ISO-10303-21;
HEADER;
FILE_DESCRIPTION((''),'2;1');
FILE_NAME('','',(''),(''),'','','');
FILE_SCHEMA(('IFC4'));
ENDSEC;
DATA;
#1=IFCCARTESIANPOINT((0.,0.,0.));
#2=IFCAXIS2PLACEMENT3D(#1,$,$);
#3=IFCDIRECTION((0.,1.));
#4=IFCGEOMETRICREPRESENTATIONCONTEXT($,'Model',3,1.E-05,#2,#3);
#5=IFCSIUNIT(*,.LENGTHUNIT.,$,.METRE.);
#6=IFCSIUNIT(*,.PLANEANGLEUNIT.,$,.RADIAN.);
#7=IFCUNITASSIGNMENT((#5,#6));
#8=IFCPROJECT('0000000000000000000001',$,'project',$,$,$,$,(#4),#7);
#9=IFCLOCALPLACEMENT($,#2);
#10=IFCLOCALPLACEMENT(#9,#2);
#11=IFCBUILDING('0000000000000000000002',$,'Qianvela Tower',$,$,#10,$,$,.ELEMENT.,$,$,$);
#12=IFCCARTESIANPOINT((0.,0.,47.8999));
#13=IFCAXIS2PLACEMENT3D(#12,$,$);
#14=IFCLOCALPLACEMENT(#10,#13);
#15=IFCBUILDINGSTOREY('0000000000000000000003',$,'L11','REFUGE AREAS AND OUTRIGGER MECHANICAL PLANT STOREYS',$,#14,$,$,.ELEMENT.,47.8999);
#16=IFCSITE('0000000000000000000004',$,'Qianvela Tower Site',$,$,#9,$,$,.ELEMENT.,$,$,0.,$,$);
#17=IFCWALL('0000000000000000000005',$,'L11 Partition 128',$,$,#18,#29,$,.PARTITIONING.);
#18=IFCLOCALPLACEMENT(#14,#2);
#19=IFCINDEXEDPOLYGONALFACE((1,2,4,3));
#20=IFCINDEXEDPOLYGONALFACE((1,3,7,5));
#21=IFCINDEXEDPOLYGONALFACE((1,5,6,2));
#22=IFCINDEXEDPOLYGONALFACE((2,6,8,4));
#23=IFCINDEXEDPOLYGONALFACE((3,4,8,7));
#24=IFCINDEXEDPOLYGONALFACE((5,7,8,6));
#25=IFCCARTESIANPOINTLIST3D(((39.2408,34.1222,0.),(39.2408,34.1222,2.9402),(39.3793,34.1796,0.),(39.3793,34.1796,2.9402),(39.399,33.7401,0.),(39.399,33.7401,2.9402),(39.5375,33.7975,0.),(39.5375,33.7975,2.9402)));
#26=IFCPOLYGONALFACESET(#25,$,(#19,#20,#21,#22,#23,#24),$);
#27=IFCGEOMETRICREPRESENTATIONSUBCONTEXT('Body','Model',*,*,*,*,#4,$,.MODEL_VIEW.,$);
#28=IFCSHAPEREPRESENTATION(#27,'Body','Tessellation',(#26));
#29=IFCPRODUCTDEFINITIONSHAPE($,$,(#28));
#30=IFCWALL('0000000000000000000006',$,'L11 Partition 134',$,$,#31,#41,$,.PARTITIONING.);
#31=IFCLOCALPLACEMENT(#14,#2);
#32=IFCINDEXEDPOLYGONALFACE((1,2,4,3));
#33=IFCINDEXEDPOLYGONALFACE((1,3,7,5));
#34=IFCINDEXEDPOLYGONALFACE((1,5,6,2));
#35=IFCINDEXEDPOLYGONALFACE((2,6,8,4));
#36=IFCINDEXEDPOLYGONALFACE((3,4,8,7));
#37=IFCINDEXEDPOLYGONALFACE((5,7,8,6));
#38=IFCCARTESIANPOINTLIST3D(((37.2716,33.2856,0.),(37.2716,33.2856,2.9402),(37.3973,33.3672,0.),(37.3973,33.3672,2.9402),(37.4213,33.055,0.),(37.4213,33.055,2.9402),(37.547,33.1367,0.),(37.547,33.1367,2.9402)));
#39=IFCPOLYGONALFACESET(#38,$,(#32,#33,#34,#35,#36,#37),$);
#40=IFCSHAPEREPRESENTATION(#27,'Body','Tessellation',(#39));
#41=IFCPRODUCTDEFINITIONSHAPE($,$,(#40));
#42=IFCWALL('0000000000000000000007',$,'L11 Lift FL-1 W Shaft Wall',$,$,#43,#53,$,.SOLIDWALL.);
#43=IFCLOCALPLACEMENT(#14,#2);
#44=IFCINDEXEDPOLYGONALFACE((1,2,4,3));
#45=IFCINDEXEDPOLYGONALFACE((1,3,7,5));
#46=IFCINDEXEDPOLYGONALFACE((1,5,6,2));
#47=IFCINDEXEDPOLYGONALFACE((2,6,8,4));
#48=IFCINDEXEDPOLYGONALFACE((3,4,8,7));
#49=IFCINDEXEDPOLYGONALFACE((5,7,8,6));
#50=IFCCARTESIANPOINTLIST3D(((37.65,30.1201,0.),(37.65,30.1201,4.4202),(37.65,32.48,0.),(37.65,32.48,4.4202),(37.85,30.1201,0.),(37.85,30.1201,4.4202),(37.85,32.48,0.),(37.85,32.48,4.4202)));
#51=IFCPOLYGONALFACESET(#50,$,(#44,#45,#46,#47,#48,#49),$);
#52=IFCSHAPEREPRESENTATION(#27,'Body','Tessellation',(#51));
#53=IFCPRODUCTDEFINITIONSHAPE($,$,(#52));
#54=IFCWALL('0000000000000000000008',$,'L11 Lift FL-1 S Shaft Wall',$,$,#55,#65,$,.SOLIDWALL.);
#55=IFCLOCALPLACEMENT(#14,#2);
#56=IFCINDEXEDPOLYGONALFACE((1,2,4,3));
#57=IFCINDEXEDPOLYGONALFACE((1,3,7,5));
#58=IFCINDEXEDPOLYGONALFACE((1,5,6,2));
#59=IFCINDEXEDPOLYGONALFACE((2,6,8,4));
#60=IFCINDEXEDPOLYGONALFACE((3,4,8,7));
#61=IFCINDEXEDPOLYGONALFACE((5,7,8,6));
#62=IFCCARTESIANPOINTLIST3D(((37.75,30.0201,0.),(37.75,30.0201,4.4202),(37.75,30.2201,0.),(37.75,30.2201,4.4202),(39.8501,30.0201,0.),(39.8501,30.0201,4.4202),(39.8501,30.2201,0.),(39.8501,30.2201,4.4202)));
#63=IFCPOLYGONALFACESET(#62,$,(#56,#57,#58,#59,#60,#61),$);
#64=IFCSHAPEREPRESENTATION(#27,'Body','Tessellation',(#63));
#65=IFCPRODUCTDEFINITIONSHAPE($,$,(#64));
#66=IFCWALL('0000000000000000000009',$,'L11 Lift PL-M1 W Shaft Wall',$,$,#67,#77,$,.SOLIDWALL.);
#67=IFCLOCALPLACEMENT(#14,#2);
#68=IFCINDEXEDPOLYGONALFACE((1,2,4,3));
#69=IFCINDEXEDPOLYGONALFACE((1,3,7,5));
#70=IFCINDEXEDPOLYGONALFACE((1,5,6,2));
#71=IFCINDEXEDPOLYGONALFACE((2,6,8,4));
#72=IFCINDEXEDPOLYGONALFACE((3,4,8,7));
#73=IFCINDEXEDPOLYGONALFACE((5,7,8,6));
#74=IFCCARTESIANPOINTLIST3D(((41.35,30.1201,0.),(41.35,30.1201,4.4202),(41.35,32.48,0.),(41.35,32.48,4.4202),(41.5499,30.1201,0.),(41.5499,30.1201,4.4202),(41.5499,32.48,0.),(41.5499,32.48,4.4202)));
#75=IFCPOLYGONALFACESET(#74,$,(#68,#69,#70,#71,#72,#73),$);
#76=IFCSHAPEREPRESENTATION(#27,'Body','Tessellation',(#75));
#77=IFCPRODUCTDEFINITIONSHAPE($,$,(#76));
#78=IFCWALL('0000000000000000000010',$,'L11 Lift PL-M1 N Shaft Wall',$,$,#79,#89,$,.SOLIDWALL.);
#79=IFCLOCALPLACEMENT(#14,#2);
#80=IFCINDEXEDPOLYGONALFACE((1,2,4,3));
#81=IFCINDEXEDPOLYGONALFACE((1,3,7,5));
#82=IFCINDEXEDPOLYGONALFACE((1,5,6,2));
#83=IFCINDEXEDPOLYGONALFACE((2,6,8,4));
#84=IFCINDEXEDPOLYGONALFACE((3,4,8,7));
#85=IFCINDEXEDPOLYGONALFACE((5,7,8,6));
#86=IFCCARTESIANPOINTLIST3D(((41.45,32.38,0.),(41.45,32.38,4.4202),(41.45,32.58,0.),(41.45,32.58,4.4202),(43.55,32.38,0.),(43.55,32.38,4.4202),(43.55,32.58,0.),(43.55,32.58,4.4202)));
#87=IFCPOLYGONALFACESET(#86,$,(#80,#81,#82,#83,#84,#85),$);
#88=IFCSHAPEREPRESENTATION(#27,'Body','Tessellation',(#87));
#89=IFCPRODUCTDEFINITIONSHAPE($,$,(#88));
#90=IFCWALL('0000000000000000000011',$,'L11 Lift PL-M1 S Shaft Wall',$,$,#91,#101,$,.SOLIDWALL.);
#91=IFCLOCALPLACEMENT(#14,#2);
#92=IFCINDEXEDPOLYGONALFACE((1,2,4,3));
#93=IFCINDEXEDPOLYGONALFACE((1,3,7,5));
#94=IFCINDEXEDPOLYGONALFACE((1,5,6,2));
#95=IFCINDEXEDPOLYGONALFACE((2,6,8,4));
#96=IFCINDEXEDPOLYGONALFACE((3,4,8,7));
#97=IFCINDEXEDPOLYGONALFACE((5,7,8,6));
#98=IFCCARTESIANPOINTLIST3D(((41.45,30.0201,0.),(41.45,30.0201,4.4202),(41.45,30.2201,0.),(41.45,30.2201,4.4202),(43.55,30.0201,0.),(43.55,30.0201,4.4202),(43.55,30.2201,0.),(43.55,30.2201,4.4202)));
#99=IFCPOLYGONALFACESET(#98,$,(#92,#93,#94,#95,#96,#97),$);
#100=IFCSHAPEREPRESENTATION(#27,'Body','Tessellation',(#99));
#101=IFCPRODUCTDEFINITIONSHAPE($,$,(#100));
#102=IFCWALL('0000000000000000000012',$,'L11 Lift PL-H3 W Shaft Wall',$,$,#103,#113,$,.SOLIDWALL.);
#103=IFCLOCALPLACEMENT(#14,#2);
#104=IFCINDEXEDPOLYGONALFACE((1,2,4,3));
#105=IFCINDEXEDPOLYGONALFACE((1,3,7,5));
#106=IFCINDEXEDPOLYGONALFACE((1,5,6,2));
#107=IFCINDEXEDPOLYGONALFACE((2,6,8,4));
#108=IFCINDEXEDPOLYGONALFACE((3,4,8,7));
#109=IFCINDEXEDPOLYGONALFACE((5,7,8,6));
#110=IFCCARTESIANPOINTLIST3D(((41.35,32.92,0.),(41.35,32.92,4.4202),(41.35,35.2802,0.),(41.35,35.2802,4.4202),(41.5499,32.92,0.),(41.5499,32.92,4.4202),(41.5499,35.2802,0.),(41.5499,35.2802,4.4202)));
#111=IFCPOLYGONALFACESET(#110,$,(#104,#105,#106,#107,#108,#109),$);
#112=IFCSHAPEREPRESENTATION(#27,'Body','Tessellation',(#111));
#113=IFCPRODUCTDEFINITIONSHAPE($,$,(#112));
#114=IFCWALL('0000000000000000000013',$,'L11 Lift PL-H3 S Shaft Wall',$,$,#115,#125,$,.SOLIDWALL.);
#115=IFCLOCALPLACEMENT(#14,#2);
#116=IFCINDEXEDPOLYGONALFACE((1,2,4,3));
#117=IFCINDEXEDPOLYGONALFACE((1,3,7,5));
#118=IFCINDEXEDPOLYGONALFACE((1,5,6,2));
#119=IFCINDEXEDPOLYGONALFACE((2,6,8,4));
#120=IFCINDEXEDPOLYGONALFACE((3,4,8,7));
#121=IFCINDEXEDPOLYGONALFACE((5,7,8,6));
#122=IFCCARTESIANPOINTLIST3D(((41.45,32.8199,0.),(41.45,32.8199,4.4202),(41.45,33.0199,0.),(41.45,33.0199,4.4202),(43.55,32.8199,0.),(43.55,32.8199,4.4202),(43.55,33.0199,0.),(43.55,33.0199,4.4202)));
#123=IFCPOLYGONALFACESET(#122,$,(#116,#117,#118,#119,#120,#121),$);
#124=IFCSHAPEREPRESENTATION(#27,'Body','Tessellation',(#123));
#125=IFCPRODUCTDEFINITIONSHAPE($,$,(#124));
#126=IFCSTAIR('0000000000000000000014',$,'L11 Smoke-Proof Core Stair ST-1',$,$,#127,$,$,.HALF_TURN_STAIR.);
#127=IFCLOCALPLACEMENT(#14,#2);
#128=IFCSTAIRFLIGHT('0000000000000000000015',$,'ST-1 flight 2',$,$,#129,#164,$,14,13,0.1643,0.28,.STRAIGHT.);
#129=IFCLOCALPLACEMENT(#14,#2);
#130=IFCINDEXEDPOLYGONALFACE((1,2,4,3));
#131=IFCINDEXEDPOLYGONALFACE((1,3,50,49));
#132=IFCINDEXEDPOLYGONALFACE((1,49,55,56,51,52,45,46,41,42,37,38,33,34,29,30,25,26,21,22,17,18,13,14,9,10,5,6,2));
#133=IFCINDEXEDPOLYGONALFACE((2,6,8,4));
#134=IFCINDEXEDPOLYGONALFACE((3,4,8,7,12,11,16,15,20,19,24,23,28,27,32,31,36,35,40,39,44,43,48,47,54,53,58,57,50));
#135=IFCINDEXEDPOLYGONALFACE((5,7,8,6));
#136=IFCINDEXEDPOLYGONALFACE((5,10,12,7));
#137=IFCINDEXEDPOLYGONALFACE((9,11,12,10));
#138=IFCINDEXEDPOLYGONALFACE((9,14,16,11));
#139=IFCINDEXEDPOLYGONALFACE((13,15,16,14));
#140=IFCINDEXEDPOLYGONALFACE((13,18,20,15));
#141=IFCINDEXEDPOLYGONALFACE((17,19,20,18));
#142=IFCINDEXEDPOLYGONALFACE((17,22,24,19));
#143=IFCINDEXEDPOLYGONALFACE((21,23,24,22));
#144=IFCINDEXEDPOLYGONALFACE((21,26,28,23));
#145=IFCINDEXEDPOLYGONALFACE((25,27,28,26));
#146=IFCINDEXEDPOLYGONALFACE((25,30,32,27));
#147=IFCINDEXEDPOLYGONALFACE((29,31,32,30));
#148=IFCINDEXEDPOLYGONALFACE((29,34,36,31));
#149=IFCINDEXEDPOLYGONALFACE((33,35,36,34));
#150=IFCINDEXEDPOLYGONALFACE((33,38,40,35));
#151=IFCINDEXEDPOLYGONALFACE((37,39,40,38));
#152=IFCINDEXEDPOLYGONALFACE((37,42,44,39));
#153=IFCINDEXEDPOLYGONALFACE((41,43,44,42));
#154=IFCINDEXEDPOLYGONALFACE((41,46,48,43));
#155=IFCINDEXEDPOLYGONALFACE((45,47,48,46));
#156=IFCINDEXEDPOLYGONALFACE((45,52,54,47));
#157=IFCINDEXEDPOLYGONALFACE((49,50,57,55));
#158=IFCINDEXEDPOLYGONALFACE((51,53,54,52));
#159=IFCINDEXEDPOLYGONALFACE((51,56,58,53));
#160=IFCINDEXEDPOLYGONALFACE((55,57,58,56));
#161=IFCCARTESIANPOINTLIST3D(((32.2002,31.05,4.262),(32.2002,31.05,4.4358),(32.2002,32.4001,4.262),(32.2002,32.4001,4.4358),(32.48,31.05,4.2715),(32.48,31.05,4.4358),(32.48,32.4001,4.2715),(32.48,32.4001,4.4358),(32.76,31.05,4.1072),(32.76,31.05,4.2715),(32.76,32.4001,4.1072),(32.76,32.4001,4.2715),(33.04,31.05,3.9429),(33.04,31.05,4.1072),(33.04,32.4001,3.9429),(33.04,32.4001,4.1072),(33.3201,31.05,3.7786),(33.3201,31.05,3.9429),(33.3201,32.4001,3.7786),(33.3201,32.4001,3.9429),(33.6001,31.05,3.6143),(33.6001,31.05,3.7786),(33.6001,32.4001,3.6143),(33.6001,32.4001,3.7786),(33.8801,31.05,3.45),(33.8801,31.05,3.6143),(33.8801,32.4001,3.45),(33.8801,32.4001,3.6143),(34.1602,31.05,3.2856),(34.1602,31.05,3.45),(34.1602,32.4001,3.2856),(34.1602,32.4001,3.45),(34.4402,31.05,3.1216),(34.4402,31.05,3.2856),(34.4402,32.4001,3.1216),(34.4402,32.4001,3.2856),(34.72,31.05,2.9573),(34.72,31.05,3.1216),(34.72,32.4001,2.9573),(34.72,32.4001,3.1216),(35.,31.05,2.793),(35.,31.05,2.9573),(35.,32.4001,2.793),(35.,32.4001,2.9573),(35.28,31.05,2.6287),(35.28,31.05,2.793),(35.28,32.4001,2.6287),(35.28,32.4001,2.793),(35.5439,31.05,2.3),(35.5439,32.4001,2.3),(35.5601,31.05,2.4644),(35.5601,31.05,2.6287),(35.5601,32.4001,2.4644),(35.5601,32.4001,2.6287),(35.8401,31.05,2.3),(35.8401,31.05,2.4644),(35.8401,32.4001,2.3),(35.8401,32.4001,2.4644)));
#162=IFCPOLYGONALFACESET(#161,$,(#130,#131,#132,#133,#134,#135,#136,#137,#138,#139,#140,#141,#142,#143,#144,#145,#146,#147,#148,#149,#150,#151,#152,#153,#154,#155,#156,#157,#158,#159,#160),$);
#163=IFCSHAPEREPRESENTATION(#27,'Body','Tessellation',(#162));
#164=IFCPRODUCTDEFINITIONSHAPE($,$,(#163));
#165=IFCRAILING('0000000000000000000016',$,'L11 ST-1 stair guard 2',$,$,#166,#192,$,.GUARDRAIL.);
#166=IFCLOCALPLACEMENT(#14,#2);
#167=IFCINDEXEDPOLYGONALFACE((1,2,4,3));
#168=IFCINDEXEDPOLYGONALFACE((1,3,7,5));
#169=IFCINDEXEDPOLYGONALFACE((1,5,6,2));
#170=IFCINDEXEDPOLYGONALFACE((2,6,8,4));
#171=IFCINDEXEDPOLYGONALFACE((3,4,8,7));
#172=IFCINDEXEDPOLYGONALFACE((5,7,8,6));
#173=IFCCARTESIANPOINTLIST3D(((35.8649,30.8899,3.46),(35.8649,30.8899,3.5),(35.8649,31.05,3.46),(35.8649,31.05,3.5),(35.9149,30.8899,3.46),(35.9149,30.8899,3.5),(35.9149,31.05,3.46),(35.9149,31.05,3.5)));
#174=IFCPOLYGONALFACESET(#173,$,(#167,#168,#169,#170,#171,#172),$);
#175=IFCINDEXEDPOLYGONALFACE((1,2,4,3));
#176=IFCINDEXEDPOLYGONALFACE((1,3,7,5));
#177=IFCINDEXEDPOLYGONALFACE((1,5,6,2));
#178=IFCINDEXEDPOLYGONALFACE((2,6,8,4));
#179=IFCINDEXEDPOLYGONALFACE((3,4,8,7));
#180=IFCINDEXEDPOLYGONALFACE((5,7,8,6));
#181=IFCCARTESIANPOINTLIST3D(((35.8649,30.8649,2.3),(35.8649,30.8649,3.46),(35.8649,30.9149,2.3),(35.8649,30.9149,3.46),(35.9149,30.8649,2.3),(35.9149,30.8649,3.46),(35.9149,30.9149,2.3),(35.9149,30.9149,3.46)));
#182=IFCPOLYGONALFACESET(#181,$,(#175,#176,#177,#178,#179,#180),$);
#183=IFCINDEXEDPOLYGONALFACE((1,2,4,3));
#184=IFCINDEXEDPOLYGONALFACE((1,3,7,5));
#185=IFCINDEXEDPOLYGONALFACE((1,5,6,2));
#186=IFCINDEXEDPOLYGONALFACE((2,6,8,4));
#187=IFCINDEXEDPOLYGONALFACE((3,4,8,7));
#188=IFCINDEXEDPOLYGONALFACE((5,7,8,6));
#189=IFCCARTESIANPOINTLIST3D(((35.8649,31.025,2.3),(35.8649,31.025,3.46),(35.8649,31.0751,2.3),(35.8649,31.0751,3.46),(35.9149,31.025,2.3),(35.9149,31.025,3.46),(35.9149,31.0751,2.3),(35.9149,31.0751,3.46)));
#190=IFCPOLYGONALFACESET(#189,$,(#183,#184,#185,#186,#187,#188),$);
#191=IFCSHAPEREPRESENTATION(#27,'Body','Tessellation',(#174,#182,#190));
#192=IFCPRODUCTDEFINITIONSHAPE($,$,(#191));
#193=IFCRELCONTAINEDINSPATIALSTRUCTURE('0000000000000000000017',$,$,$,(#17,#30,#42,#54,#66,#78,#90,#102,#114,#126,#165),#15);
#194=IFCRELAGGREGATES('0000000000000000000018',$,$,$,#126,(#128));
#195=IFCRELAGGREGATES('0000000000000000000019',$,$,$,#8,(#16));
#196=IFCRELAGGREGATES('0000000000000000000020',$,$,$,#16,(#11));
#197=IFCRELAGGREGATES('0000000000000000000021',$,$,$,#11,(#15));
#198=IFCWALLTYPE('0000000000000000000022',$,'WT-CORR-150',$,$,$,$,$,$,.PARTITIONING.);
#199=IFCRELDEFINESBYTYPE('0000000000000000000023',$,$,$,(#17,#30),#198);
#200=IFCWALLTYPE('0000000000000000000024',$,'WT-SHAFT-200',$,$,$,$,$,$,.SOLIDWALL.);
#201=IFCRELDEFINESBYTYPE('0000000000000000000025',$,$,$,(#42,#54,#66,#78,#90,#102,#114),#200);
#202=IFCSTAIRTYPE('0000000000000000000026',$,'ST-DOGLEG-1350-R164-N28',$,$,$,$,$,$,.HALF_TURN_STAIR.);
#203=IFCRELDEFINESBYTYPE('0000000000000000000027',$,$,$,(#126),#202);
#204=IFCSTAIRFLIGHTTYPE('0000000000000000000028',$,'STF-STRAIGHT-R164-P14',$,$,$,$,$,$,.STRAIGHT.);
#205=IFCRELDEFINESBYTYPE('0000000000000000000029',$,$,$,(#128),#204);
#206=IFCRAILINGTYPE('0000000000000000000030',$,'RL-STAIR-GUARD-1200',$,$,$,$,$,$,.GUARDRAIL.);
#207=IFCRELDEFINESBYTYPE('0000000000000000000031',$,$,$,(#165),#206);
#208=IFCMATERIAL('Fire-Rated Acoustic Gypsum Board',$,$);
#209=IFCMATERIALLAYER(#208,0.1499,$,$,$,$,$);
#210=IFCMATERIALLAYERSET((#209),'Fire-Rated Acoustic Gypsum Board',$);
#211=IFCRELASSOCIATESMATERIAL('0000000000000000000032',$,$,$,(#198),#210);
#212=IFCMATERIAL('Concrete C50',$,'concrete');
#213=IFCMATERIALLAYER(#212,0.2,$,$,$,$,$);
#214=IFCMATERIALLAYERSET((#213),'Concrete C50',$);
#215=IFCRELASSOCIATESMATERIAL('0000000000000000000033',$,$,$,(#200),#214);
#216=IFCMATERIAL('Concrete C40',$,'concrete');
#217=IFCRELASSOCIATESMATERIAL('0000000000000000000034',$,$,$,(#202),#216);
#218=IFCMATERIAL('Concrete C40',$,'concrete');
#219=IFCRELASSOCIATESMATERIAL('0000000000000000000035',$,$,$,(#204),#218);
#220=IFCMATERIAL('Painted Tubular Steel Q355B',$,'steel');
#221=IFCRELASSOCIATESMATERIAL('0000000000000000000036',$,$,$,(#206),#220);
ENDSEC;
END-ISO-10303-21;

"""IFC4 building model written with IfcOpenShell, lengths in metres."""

from ifc_helpers import new_model, si_unit, direction, frame, frame_2d, origin, origin_2d, place, context, subcontext, project, spatial, polyline, rectangle, outline, extrude, material, layer, layer_set, type_object, element, aggregate, save


model = new_model("IFC4")

# Units and contexts
model_context = context("Model", 3, precision=1e-05, world=origin(), true_north=direction((0.0, 1.0)))
body_context = subcontext(model_context, "Body", "Model", "MODEL_VIEW")
ifc_project = project(units=[si_unit("LENGTHUNIT", "METRE"), si_unit("PLANEANGLEUNIT", "RADIAN")], contexts=[model_context])

# Site, building, storey
site_placement = place(None, origin())
site = spatial("IfcSite", under=ifc_project, at=site_placement, Name="Qianvela Tower Site", CompositionType="ELEMENT", RefElevation=0.0)
building_placement = place(site_placement, origin())
building = spatial("IfcBuilding", under=site, at=building_placement, Name="Qianvela Tower", CompositionType="ELEMENT")
storey_placement = place(building_placement, frame((0.0, 0.0, 47.8999)))
storey = spatial("IfcBuildingStorey", under=building, at=storey_placement, Name="L11", Description="REFUGE AREAS AND OUTRIGGER MECHANICAL PLANT STOREYS", CompositionType="ELEMENT", Elevation=47.8999)

# Shared definitions
ifc_material_1 = material(Name="Fire-Rated Acoustic Gypsum Board")
ifc_layer_1 = layer(ifc_material_1, 0.1499)
ifc_layer_set_1 = layer_set([ifc_layer_1], Name="Fire-Rated Acoustic Gypsum Board")
wall_type_1 = type_object("IfcWallType", Name="WT-CORR-150", PredefinedType="PARTITIONING", material=ifc_layer_set_1)

# Walls
wall_1_placement = place(storey_placement, frame((39.4683, 33.7688, 0.0), z_axis=(0.0, 0.0, 1.0), x_axis=(-0.38256, 0.923931, 0.0)))
element("IfcWall", 1, at=wall_1_placement, inside=storey, type_object=wall_type_1, Name="L11 Partition 128", PredefinedType="PARTITIONING", context=body_context, shape_type="SweptSolid", body=[
    extrude(rectangle(XDim=0.4136, YDim=0.1499, at=frame_2d((0.2068, 0.0))), origin(), (0.0, 0.0, 1.0), 2.9402),
])
wall_2_placement = place(storey_placement, frame((37.3345, 33.3264, 0.0), z_axis=(0.0, 0.0, 1.0), x_axis=(0.544614, -0.838687, 0.0)))
element("IfcWall", 2, at=wall_2_placement, inside=storey, type_object=wall_type_1, Name="L11 Partition 134", PredefinedType="PARTITIONING", context=body_context, shape_type="SweptSolid", body=[
    extrude(rectangle(XDim=0.2749, YDim=0.1499, at=frame_2d((0.1375, 0.0))), origin(), (0.0, 0.0, 1.0), 2.9402),
])

# Shared definitions
ifc_material_2 = material(Name="Concrete C50", Category="concrete")
ifc_layer_2 = layer(ifc_material_2, 0.2)
ifc_layer_set_2 = layer_set([ifc_layer_2], Name="Concrete C50")
wall_type_2 = type_object("IfcWallType", Name="WT-SHAFT-200", PredefinedType="SOLIDWALL", material=ifc_layer_set_2)

# Walls
wall_3_placement = place(storey_placement, frame((37.75, 30.1201, 0.0), z_axis=(0.0, 0.0, 1.0), x_axis=(0.0, 1.0, 0.0)))
element("IfcWall", 3, at=wall_3_placement, inside=storey, type_object=wall_type_2, Name="L11 Lift FL-1 W Shaft Wall", PredefinedType="SOLIDWALL", context=body_context, shape_type="SweptSolid", body=[
    extrude(rectangle(XDim=2.3599, YDim=0.2, at=frame_2d((1.1799, 0.0))), origin(), (0.0, 0.0, 1.0), 4.4202),
])
wall_4_placement = place(storey_placement, frame((37.75, 30.1201, 0.0), z_axis=(0.0, 0.0, 1.0), x_axis=(1.0, 0.0, 0.0)))
element("IfcWall", 4, at=wall_4_placement, inside=storey, type_object=wall_type_2, Name="L11 Lift FL-1 S Shaft Wall", PredefinedType="SOLIDWALL", context=body_context, shape_type="SweptSolid", body=[
    extrude(rectangle(XDim=2.1001, YDim=0.2, at=frame_2d((1.05, 0.0))), origin(), (0.0, 0.0, 1.0), 4.4202),
])
wall_5_placement = place(storey_placement, frame((41.45, 30.1201, 0.0), z_axis=(0.0, 0.0, 1.0), x_axis=(0.0, 1.0, 0.0)))
element("IfcWall", 5, at=wall_5_placement, inside=storey, type_object=wall_type_2, Name="L11 Lift PL-M1 W Shaft Wall", PredefinedType="SOLIDWALL", context=body_context, shape_type="SweptSolid", body=[
    extrude(rectangle(XDim=2.3599, YDim=0.2, at=frame_2d((1.1799, 0.0))), origin(), (0.0, 0.0, 1.0), 4.4202),
])
for number, where, z_axis, x_axis, name in (
    (6, (41.45, 32.48, 0.0), (0.0, 0.0, 1.0), (1.0, 0.0, 0.0), "L11 Lift PL-M1 N Shaft Wall"),
    (7, (41.45, 30.1201, 0.0), (0.0, 0.0, 1.0), (1.0, 0.0, 0.0), "L11 Lift PL-M1 S Shaft Wall"),
):
    element("IfcWall", number, at=place(storey_placement, frame(where, z_axis=z_axis, x_axis=x_axis)), inside=storey, type_object=wall_type_2, Name=name, PredefinedType="SOLIDWALL", context=body_context, shape_type="SweptSolid", body=[
        extrude(rectangle(XDim=2.1001, YDim=0.2, at=frame_2d((1.05, 0.0))), origin(), (0.0, 0.0, 1.0), 4.4202),
    ])
wall_6_placement = place(storey_placement, frame((41.45, 32.9199, 0.0), z_axis=(0.0, 0.0, 1.0), x_axis=(0.0, 1.0, 0.0)))
element("IfcWall", 8, at=wall_6_placement, inside=storey, type_object=wall_type_2, Name="L11 Lift PL-H3 W Shaft Wall", PredefinedType="SOLIDWALL", context=body_context, shape_type="SweptSolid", body=[
    extrude(rectangle(XDim=2.3601, YDim=0.2, at=frame_2d((1.1802, 0.0))), origin(), (0.0, 0.0, 1.0), 4.4202),
])
wall_7_placement = place(storey_placement, frame((41.45, 32.9199, 0.0), z_axis=(0.0, 0.0, 1.0), x_axis=(1.0, 0.0, 0.0)))
element("IfcWall", 9, at=wall_7_placement, inside=storey, type_object=wall_type_2, Name="L11 Lift PL-H3 S Shaft Wall", PredefinedType="SOLIDWALL", context=body_context, shape_type="SweptSolid", body=[
    extrude(rectangle(XDim=2.1001, YDim=0.2, at=frame_2d((1.05, 0.0))), origin(), (0.0, 0.0, 1.0), 4.4202),
])

# Stair, stair flight
ifc_material_3 = material(Name="Concrete C40", Category="concrete")
stair_type = type_object("IfcStairType", Name="ST-DOGLEG-1350-R164-N28", PredefinedType="HALF_TURN_STAIR", material=ifc_material_3)
stair_placement = place(storey_placement, origin())
stair = element("IfcStair", 10, at=stair_placement, inside=storey, type_object=stair_type, Name="L11 Smoke-Proof Core Stair ST-1", PredefinedType="HALF_TURN_STAIR")
ifc_material_4 = material(Name="Concrete C40", Category="concrete")
stair_flight_type = type_object("IfcStairFlightType", Name="STF-STRAIGHT-R164-P14", PredefinedType="STRAIGHT", material=ifc_material_4)
stair_flight_placement = place(storey_placement, frame((35.8401, 31.7251, 2.3), z_axis=(0.0, 0.0, 1.0), x_axis=(-1.0, 0.0, 0.0)))
stair_flight = element("IfcStairFlight", 11, at=stair_flight_placement, type_object=stair_flight_type, Name="ST-1 flight 2", NumberOfRisers=14, NumberOfTreads=13, PredefinedType="STRAIGHT", RiserHeight=0.1643, TreadLength=0.28, context=body_context, shape_type="SweptSolid", body=[
    extrude(outline(polyline([(0.0, 0.0), (0.0, 0.1643), (0.28, 0.1643), (0.28, 0.3286), (0.5601, 0.3286), (0.5601, 0.4929), (0.8401, 0.4929), (0.8401, 0.6572), (1.1201, 0.6572), (1.1201, 0.8215), (1.3999, 0.8215), (1.3999, 0.9856), (1.6799, 0.9856), (1.6799, 1.1499), (1.96, 1.1499), (1.96, 1.3142), (2.24, 1.3142), (2.24, 1.4785), (2.52, 1.4785), (2.52, 1.6428), (2.8, 1.6428), (2.8, 1.8071), (3.0801, 1.8071), (3.0801, 1.9714), (3.3601, 1.9714), (3.3601, 2.1357), (3.6399, 2.1357), (3.6399, 2.3), (3.6399, 1.9619), (0.2961, 0.0), (0.0, 0.0)])), frame((0.0, 0.675, 0.0), z_axis=(0.0, -1.0, 0.0), x_axis=(1.0, 0.0, 0.0)), (0.0, 0.0, 1.0), 1.3501),
])
aggregate(stair, [stair_flight])

# Railing
ifc_material_5 = material(Name="Painted Tubular Steel Q355B", Category="steel")
railing_type_1 = type_object("IfcRailingType", Name="RL-STAIR-GUARD-1200", PredefinedType="GUARDRAIL", material=ifc_material_5)
railing_1_placement = place(storey_placement, frame((35.8899, 30.8899, 2.3)))
element("IfcRailing", 12, at=railing_1_placement, inside=storey, type_object=railing_type_1, Name="L11 ST-1 stair guard 2", PredefinedType="GUARDRAIL", context=body_context, shape_type="SweptSolid", body=[
    extrude(rectangle(XDim=0.05, YDim=0.04, at=origin_2d()), frame((0.0, 0.0, 1.1799), z_axis=(0.0, 1.0, 0.0), x_axis=(-1.0, 0.0, 0.0)), (0.0, 0.0, 1.0), 0.1602),
    extrude(rectangle(XDim=0.05, YDim=0.05, at=origin_2d()), origin(), (0.0, 0.0, 1.0), 1.1599),
    extrude(rectangle(XDim=0.05, YDim=0.05, at=origin_2d()), frame((0.0, 0.1602, 0.0)), (0.0, 0.0, 1.0), 1.1599),
])

save(model, "model.ifc")
